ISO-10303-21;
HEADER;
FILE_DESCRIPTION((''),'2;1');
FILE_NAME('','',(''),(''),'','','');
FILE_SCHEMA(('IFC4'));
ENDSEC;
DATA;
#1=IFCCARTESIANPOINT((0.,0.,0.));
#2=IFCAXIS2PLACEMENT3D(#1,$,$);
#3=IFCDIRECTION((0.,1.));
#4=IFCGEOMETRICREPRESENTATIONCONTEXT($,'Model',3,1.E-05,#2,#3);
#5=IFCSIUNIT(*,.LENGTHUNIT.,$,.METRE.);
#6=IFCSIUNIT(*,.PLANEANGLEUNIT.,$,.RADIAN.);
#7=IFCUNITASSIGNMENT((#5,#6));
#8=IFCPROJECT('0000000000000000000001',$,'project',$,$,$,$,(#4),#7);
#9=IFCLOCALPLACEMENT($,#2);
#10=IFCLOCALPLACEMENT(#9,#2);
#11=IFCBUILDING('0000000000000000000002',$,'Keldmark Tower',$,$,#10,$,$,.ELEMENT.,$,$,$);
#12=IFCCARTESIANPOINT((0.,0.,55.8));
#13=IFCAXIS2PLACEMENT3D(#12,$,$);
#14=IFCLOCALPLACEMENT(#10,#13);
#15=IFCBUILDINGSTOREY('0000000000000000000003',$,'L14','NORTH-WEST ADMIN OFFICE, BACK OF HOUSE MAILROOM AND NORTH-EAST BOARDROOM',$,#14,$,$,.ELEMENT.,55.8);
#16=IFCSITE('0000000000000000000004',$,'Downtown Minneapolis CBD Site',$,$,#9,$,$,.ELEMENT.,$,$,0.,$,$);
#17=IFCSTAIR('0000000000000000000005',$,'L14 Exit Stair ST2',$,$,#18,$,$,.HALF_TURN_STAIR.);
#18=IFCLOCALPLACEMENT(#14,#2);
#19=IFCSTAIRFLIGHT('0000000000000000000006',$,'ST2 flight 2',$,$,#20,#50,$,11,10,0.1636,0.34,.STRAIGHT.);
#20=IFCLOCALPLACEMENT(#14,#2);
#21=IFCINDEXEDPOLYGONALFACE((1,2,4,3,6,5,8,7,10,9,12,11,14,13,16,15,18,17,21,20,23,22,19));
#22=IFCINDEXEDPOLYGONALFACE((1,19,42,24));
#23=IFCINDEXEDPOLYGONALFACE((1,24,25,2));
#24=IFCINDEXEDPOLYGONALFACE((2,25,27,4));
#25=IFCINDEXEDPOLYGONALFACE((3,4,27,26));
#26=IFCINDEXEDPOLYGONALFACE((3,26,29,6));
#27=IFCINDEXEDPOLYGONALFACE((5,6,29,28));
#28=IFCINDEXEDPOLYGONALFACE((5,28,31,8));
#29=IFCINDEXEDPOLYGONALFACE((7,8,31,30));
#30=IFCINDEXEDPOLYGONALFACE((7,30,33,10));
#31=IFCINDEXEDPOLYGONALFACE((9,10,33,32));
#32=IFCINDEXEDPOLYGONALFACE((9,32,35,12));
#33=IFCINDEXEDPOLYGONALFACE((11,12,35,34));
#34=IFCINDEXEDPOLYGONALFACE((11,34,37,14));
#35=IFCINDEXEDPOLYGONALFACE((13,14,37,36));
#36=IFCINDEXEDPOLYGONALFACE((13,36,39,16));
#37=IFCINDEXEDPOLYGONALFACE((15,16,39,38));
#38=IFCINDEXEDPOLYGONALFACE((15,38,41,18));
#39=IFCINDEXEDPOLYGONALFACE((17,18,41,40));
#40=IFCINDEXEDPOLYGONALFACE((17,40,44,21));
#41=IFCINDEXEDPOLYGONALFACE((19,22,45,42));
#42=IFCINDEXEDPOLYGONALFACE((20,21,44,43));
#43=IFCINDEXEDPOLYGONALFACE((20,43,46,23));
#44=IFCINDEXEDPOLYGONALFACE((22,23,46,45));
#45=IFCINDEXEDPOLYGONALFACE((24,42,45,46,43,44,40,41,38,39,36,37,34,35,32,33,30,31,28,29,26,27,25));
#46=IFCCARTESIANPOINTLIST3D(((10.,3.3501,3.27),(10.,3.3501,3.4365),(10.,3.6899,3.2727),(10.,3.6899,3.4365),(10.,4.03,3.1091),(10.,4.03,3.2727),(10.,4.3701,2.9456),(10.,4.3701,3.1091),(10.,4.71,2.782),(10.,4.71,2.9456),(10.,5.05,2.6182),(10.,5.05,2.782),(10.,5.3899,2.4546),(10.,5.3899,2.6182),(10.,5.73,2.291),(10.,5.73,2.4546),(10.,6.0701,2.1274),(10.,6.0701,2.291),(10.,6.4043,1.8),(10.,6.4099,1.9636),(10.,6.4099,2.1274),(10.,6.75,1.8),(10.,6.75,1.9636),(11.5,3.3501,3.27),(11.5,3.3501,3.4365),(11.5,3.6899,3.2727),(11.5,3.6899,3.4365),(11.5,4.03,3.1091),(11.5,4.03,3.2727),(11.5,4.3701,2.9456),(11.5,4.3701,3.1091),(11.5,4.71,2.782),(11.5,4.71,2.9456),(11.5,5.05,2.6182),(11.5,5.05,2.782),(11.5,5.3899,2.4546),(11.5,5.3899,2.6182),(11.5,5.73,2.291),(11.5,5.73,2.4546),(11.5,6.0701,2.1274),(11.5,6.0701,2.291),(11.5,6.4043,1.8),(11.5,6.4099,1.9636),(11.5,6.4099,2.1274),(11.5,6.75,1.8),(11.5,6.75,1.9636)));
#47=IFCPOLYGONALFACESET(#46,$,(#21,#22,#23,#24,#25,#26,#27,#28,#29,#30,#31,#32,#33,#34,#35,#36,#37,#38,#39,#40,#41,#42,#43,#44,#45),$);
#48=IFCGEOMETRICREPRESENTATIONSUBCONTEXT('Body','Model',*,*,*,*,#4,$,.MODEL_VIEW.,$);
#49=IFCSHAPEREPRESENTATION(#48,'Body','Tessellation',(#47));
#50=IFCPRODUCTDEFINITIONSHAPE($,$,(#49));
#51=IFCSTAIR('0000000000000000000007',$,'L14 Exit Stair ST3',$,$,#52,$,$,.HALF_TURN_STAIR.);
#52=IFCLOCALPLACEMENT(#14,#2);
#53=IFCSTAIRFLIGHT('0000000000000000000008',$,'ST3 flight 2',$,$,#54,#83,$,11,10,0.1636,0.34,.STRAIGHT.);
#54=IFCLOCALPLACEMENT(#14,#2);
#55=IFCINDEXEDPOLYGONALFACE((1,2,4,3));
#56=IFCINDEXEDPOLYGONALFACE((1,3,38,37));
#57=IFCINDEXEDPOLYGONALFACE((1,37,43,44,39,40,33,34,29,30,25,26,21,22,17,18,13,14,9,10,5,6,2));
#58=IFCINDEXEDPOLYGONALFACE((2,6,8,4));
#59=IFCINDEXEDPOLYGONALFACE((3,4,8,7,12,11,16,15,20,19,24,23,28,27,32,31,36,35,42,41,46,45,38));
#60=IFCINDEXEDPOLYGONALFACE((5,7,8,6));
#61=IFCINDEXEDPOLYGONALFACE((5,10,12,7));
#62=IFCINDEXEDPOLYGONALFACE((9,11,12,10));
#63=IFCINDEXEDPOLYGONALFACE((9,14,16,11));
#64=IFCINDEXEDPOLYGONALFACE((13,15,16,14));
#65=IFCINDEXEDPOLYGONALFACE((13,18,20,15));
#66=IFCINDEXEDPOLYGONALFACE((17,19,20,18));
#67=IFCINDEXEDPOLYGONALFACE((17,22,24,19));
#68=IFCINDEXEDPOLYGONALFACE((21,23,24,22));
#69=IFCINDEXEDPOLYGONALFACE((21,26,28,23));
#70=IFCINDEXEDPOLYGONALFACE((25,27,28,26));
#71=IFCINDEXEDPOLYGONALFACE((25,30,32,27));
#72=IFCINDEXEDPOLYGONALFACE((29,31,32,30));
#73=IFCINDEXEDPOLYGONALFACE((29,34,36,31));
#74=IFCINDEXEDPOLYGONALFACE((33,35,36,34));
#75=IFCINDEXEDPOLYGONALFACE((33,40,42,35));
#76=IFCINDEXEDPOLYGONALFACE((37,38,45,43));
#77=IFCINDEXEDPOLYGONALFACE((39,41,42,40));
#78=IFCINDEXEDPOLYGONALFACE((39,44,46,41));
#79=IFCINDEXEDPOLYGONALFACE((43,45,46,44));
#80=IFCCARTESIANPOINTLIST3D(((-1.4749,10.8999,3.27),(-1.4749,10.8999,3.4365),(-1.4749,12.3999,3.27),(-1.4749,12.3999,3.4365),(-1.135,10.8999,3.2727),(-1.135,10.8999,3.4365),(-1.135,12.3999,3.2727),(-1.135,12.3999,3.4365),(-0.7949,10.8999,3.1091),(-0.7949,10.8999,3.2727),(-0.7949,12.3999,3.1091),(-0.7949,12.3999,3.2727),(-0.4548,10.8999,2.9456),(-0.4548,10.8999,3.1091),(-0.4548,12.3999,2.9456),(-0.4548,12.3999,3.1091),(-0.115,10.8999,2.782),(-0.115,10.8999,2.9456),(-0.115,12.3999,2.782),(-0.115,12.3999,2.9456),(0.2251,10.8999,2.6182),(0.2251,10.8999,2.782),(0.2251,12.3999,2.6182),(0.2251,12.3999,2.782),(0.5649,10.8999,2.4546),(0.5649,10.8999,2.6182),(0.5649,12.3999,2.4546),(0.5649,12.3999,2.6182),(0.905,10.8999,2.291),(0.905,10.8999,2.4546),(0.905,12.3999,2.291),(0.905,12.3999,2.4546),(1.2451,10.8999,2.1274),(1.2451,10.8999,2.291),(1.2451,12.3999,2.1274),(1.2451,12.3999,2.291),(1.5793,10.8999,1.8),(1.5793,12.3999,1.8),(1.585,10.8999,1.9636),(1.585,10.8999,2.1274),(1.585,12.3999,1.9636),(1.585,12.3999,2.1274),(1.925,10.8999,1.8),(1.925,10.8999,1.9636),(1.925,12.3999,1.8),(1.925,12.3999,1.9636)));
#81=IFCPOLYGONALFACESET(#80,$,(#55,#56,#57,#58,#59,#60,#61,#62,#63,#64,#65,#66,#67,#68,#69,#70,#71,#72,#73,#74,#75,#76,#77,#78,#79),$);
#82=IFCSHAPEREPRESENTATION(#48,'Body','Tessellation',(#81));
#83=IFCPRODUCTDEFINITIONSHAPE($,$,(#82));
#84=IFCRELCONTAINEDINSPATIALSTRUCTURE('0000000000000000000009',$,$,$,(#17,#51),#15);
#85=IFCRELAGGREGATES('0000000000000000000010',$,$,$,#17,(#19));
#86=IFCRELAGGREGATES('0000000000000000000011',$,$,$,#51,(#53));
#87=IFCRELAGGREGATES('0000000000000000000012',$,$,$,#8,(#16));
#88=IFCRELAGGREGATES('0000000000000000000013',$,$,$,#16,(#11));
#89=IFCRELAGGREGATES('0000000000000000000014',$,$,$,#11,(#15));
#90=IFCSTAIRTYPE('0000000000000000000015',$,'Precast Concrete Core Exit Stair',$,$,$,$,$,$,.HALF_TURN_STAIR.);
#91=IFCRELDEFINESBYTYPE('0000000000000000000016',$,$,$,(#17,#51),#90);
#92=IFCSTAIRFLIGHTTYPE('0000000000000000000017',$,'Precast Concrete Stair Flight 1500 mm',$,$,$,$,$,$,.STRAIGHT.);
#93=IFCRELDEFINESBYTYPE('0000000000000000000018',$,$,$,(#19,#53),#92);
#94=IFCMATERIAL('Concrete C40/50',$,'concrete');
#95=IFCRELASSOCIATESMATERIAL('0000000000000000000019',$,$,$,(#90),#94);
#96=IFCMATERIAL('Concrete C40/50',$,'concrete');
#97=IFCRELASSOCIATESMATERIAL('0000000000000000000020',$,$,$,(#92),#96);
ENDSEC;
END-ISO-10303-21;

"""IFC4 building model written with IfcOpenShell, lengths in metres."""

from ifc_helpers import new_model, si_unit, direction, frame, origin, place, context, subcontext, project, spatial, polyline, outline, extrude, material, type_object, element, aggregate, save


model = new_model("IFC4")

# Units and contexts
model_context = context("Model", 3, precision=1e-05, world=origin(), true_north=direction((0.0, 1.0)))
body_context = subcontext(model_context, "Body", "Model", "MODEL_VIEW")
ifc_project = project(units=[si_unit("LENGTHUNIT", "METRE"), si_unit("PLANEANGLEUNIT", "RADIAN")], contexts=[model_context])

# Site, building, storey
site_placement = place(None, origin())
site = spatial("IfcSite", under=ifc_project, at=site_placement, Name="Downtown Minneapolis CBD Site", CompositionType="ELEMENT", RefElevation=0.0)
building_placement = place(site_placement, origin())
building = spatial("IfcBuilding", under=site, at=building_placement, Name="Keldmark Tower", CompositionType="ELEMENT")
storey_placement = place(building_placement, frame((0.0, 0.0, 55.8)))
storey = spatial("IfcBuildingStorey", under=building, at=storey_placement, Name="L14", Description="NORTH-WEST ADMIN OFFICE, BACK OF HOUSE MAILROOM AND NORTH-EAST BOARDROOM", CompositionType="ELEMENT", Elevation=55.8)

# Stairs, stair flights
ifc_material_1 = material(Name="Concrete C40/50", Category="concrete")
stair_type = type_object("IfcStairType", Name="Precast Concrete Core Exit Stair", PredefinedType="HALF_TURN_STAIR", material=ifc_material_1)
stair_1_placement = place(storey_placement, origin())
stair_1 = element("IfcStair", 1, at=stair_1_placement, inside=storey, type_object=stair_type, Name="L14 Exit Stair ST2", PredefinedType="HALF_TURN_STAIR")
ifc_material_2 = material(Name="Concrete C40/50", Category="concrete")
stair_flight_type = type_object("IfcStairFlightType", Name="Precast Concrete Stair Flight 1500 mm", PredefinedType="STRAIGHT", material=ifc_material_2)
stair_flight_1_placement = place(storey_placement, frame((10.75, 6.75, 1.8), z_axis=(0.0, 0.0, 1.0), x_axis=(0.0, -1.0, 0.0)))
stair_flight_1 = element("IfcStairFlight", 2, at=stair_flight_1_placement, type_object=stair_flight_type, Name="ST2 flight 2", NumberOfRisers=11, NumberOfTreads=10, PredefinedType="STRAIGHT", RiserHeight=0.1636, TreadLength=0.34, context=body_context, shape_type="SweptSolid", body=[
    extrude(outline(polyline([(0.0, 0.0), (0.0, 0.1636), (0.3401, 0.1636), (0.3401, 0.3274), (0.6799, 0.3274), (0.6799, 0.491), (1.02, 0.491), (1.02, 0.6545), (1.3601, 0.6545), (1.3601, 0.8181), (1.7, 0.8181), (1.7, 0.9819), (2.04, 0.9819), (2.04, 1.1455), (2.3799, 1.1455), (2.3799, 1.3091), (2.72, 1.3091), (2.72, 1.4727), (3.0601, 1.4727), (3.0601, 1.6365), (3.3999, 1.6365), (3.3999, 1.8), (3.3999, 1.47), (0.3457, 0.0), (0.0, 0.0)])), frame((0.0, 0.75, 0.0), z_axis=(0.0, -1.0, 0.0), x_axis=(1.0, 0.0, 0.0)), (0.0, 0.0, 1.0), 1.5),
])
aggregate(stair_1, [stair_flight_1])
stair_2_placement = place(storey_placement, origin())
stair_2 = element("IfcStair", 3, at=stair_2_placement, inside=storey, type_object=stair_type, Name="L14 Exit Stair ST3", PredefinedType="HALF_TURN_STAIR")
stair_flight_2_placement = place(storey_placement, frame((1.925, 11.6499, 1.8), z_axis=(0.0, 0.0, 1.0), x_axis=(-1.0, 0.0, 0.0)))
stair_flight_2 = element("IfcStairFlight", 4, at=stair_flight_2_placement, type_object=stair_flight_type, Name="ST3 flight 2", NumberOfRisers=11, NumberOfTreads=10, PredefinedType="STRAIGHT", RiserHeight=0.1636, TreadLength=0.34, context=body_context, shape_type="SweptSolid", body=[
    extrude(outline(polyline([(0.0, 0.0), (0.0, 0.1636), (0.3401, 0.1636), (0.3401, 0.3274), (0.6799, 0.3274), (0.6799, 0.491), (1.02, 0.491), (1.02, 0.6545), (1.3601, 0.6545), (1.3601, 0.8181), (1.7, 0.8181), (1.7, 0.9819), (2.04, 0.9819), (2.04, 1.1455), (2.3799, 1.1455), (2.3799, 1.3091), (2.72, 1.3091), (2.72, 1.4727), (3.0601, 1.4727), (3.0601, 1.6365), (3.3999, 1.6365), (3.3999, 1.8), (3.3999, 1.47), (0.3457, 0.0), (0.0, 0.0)])), frame((0.0, 0.75, 0.0), z_axis=(0.0, -1.0, 0.0), x_axis=(1.0, 0.0, 0.0)), (0.0, 0.0, 1.0), 1.5),
])
aggregate(stair_2, [stair_flight_2])

save(model, "model.ifc")
